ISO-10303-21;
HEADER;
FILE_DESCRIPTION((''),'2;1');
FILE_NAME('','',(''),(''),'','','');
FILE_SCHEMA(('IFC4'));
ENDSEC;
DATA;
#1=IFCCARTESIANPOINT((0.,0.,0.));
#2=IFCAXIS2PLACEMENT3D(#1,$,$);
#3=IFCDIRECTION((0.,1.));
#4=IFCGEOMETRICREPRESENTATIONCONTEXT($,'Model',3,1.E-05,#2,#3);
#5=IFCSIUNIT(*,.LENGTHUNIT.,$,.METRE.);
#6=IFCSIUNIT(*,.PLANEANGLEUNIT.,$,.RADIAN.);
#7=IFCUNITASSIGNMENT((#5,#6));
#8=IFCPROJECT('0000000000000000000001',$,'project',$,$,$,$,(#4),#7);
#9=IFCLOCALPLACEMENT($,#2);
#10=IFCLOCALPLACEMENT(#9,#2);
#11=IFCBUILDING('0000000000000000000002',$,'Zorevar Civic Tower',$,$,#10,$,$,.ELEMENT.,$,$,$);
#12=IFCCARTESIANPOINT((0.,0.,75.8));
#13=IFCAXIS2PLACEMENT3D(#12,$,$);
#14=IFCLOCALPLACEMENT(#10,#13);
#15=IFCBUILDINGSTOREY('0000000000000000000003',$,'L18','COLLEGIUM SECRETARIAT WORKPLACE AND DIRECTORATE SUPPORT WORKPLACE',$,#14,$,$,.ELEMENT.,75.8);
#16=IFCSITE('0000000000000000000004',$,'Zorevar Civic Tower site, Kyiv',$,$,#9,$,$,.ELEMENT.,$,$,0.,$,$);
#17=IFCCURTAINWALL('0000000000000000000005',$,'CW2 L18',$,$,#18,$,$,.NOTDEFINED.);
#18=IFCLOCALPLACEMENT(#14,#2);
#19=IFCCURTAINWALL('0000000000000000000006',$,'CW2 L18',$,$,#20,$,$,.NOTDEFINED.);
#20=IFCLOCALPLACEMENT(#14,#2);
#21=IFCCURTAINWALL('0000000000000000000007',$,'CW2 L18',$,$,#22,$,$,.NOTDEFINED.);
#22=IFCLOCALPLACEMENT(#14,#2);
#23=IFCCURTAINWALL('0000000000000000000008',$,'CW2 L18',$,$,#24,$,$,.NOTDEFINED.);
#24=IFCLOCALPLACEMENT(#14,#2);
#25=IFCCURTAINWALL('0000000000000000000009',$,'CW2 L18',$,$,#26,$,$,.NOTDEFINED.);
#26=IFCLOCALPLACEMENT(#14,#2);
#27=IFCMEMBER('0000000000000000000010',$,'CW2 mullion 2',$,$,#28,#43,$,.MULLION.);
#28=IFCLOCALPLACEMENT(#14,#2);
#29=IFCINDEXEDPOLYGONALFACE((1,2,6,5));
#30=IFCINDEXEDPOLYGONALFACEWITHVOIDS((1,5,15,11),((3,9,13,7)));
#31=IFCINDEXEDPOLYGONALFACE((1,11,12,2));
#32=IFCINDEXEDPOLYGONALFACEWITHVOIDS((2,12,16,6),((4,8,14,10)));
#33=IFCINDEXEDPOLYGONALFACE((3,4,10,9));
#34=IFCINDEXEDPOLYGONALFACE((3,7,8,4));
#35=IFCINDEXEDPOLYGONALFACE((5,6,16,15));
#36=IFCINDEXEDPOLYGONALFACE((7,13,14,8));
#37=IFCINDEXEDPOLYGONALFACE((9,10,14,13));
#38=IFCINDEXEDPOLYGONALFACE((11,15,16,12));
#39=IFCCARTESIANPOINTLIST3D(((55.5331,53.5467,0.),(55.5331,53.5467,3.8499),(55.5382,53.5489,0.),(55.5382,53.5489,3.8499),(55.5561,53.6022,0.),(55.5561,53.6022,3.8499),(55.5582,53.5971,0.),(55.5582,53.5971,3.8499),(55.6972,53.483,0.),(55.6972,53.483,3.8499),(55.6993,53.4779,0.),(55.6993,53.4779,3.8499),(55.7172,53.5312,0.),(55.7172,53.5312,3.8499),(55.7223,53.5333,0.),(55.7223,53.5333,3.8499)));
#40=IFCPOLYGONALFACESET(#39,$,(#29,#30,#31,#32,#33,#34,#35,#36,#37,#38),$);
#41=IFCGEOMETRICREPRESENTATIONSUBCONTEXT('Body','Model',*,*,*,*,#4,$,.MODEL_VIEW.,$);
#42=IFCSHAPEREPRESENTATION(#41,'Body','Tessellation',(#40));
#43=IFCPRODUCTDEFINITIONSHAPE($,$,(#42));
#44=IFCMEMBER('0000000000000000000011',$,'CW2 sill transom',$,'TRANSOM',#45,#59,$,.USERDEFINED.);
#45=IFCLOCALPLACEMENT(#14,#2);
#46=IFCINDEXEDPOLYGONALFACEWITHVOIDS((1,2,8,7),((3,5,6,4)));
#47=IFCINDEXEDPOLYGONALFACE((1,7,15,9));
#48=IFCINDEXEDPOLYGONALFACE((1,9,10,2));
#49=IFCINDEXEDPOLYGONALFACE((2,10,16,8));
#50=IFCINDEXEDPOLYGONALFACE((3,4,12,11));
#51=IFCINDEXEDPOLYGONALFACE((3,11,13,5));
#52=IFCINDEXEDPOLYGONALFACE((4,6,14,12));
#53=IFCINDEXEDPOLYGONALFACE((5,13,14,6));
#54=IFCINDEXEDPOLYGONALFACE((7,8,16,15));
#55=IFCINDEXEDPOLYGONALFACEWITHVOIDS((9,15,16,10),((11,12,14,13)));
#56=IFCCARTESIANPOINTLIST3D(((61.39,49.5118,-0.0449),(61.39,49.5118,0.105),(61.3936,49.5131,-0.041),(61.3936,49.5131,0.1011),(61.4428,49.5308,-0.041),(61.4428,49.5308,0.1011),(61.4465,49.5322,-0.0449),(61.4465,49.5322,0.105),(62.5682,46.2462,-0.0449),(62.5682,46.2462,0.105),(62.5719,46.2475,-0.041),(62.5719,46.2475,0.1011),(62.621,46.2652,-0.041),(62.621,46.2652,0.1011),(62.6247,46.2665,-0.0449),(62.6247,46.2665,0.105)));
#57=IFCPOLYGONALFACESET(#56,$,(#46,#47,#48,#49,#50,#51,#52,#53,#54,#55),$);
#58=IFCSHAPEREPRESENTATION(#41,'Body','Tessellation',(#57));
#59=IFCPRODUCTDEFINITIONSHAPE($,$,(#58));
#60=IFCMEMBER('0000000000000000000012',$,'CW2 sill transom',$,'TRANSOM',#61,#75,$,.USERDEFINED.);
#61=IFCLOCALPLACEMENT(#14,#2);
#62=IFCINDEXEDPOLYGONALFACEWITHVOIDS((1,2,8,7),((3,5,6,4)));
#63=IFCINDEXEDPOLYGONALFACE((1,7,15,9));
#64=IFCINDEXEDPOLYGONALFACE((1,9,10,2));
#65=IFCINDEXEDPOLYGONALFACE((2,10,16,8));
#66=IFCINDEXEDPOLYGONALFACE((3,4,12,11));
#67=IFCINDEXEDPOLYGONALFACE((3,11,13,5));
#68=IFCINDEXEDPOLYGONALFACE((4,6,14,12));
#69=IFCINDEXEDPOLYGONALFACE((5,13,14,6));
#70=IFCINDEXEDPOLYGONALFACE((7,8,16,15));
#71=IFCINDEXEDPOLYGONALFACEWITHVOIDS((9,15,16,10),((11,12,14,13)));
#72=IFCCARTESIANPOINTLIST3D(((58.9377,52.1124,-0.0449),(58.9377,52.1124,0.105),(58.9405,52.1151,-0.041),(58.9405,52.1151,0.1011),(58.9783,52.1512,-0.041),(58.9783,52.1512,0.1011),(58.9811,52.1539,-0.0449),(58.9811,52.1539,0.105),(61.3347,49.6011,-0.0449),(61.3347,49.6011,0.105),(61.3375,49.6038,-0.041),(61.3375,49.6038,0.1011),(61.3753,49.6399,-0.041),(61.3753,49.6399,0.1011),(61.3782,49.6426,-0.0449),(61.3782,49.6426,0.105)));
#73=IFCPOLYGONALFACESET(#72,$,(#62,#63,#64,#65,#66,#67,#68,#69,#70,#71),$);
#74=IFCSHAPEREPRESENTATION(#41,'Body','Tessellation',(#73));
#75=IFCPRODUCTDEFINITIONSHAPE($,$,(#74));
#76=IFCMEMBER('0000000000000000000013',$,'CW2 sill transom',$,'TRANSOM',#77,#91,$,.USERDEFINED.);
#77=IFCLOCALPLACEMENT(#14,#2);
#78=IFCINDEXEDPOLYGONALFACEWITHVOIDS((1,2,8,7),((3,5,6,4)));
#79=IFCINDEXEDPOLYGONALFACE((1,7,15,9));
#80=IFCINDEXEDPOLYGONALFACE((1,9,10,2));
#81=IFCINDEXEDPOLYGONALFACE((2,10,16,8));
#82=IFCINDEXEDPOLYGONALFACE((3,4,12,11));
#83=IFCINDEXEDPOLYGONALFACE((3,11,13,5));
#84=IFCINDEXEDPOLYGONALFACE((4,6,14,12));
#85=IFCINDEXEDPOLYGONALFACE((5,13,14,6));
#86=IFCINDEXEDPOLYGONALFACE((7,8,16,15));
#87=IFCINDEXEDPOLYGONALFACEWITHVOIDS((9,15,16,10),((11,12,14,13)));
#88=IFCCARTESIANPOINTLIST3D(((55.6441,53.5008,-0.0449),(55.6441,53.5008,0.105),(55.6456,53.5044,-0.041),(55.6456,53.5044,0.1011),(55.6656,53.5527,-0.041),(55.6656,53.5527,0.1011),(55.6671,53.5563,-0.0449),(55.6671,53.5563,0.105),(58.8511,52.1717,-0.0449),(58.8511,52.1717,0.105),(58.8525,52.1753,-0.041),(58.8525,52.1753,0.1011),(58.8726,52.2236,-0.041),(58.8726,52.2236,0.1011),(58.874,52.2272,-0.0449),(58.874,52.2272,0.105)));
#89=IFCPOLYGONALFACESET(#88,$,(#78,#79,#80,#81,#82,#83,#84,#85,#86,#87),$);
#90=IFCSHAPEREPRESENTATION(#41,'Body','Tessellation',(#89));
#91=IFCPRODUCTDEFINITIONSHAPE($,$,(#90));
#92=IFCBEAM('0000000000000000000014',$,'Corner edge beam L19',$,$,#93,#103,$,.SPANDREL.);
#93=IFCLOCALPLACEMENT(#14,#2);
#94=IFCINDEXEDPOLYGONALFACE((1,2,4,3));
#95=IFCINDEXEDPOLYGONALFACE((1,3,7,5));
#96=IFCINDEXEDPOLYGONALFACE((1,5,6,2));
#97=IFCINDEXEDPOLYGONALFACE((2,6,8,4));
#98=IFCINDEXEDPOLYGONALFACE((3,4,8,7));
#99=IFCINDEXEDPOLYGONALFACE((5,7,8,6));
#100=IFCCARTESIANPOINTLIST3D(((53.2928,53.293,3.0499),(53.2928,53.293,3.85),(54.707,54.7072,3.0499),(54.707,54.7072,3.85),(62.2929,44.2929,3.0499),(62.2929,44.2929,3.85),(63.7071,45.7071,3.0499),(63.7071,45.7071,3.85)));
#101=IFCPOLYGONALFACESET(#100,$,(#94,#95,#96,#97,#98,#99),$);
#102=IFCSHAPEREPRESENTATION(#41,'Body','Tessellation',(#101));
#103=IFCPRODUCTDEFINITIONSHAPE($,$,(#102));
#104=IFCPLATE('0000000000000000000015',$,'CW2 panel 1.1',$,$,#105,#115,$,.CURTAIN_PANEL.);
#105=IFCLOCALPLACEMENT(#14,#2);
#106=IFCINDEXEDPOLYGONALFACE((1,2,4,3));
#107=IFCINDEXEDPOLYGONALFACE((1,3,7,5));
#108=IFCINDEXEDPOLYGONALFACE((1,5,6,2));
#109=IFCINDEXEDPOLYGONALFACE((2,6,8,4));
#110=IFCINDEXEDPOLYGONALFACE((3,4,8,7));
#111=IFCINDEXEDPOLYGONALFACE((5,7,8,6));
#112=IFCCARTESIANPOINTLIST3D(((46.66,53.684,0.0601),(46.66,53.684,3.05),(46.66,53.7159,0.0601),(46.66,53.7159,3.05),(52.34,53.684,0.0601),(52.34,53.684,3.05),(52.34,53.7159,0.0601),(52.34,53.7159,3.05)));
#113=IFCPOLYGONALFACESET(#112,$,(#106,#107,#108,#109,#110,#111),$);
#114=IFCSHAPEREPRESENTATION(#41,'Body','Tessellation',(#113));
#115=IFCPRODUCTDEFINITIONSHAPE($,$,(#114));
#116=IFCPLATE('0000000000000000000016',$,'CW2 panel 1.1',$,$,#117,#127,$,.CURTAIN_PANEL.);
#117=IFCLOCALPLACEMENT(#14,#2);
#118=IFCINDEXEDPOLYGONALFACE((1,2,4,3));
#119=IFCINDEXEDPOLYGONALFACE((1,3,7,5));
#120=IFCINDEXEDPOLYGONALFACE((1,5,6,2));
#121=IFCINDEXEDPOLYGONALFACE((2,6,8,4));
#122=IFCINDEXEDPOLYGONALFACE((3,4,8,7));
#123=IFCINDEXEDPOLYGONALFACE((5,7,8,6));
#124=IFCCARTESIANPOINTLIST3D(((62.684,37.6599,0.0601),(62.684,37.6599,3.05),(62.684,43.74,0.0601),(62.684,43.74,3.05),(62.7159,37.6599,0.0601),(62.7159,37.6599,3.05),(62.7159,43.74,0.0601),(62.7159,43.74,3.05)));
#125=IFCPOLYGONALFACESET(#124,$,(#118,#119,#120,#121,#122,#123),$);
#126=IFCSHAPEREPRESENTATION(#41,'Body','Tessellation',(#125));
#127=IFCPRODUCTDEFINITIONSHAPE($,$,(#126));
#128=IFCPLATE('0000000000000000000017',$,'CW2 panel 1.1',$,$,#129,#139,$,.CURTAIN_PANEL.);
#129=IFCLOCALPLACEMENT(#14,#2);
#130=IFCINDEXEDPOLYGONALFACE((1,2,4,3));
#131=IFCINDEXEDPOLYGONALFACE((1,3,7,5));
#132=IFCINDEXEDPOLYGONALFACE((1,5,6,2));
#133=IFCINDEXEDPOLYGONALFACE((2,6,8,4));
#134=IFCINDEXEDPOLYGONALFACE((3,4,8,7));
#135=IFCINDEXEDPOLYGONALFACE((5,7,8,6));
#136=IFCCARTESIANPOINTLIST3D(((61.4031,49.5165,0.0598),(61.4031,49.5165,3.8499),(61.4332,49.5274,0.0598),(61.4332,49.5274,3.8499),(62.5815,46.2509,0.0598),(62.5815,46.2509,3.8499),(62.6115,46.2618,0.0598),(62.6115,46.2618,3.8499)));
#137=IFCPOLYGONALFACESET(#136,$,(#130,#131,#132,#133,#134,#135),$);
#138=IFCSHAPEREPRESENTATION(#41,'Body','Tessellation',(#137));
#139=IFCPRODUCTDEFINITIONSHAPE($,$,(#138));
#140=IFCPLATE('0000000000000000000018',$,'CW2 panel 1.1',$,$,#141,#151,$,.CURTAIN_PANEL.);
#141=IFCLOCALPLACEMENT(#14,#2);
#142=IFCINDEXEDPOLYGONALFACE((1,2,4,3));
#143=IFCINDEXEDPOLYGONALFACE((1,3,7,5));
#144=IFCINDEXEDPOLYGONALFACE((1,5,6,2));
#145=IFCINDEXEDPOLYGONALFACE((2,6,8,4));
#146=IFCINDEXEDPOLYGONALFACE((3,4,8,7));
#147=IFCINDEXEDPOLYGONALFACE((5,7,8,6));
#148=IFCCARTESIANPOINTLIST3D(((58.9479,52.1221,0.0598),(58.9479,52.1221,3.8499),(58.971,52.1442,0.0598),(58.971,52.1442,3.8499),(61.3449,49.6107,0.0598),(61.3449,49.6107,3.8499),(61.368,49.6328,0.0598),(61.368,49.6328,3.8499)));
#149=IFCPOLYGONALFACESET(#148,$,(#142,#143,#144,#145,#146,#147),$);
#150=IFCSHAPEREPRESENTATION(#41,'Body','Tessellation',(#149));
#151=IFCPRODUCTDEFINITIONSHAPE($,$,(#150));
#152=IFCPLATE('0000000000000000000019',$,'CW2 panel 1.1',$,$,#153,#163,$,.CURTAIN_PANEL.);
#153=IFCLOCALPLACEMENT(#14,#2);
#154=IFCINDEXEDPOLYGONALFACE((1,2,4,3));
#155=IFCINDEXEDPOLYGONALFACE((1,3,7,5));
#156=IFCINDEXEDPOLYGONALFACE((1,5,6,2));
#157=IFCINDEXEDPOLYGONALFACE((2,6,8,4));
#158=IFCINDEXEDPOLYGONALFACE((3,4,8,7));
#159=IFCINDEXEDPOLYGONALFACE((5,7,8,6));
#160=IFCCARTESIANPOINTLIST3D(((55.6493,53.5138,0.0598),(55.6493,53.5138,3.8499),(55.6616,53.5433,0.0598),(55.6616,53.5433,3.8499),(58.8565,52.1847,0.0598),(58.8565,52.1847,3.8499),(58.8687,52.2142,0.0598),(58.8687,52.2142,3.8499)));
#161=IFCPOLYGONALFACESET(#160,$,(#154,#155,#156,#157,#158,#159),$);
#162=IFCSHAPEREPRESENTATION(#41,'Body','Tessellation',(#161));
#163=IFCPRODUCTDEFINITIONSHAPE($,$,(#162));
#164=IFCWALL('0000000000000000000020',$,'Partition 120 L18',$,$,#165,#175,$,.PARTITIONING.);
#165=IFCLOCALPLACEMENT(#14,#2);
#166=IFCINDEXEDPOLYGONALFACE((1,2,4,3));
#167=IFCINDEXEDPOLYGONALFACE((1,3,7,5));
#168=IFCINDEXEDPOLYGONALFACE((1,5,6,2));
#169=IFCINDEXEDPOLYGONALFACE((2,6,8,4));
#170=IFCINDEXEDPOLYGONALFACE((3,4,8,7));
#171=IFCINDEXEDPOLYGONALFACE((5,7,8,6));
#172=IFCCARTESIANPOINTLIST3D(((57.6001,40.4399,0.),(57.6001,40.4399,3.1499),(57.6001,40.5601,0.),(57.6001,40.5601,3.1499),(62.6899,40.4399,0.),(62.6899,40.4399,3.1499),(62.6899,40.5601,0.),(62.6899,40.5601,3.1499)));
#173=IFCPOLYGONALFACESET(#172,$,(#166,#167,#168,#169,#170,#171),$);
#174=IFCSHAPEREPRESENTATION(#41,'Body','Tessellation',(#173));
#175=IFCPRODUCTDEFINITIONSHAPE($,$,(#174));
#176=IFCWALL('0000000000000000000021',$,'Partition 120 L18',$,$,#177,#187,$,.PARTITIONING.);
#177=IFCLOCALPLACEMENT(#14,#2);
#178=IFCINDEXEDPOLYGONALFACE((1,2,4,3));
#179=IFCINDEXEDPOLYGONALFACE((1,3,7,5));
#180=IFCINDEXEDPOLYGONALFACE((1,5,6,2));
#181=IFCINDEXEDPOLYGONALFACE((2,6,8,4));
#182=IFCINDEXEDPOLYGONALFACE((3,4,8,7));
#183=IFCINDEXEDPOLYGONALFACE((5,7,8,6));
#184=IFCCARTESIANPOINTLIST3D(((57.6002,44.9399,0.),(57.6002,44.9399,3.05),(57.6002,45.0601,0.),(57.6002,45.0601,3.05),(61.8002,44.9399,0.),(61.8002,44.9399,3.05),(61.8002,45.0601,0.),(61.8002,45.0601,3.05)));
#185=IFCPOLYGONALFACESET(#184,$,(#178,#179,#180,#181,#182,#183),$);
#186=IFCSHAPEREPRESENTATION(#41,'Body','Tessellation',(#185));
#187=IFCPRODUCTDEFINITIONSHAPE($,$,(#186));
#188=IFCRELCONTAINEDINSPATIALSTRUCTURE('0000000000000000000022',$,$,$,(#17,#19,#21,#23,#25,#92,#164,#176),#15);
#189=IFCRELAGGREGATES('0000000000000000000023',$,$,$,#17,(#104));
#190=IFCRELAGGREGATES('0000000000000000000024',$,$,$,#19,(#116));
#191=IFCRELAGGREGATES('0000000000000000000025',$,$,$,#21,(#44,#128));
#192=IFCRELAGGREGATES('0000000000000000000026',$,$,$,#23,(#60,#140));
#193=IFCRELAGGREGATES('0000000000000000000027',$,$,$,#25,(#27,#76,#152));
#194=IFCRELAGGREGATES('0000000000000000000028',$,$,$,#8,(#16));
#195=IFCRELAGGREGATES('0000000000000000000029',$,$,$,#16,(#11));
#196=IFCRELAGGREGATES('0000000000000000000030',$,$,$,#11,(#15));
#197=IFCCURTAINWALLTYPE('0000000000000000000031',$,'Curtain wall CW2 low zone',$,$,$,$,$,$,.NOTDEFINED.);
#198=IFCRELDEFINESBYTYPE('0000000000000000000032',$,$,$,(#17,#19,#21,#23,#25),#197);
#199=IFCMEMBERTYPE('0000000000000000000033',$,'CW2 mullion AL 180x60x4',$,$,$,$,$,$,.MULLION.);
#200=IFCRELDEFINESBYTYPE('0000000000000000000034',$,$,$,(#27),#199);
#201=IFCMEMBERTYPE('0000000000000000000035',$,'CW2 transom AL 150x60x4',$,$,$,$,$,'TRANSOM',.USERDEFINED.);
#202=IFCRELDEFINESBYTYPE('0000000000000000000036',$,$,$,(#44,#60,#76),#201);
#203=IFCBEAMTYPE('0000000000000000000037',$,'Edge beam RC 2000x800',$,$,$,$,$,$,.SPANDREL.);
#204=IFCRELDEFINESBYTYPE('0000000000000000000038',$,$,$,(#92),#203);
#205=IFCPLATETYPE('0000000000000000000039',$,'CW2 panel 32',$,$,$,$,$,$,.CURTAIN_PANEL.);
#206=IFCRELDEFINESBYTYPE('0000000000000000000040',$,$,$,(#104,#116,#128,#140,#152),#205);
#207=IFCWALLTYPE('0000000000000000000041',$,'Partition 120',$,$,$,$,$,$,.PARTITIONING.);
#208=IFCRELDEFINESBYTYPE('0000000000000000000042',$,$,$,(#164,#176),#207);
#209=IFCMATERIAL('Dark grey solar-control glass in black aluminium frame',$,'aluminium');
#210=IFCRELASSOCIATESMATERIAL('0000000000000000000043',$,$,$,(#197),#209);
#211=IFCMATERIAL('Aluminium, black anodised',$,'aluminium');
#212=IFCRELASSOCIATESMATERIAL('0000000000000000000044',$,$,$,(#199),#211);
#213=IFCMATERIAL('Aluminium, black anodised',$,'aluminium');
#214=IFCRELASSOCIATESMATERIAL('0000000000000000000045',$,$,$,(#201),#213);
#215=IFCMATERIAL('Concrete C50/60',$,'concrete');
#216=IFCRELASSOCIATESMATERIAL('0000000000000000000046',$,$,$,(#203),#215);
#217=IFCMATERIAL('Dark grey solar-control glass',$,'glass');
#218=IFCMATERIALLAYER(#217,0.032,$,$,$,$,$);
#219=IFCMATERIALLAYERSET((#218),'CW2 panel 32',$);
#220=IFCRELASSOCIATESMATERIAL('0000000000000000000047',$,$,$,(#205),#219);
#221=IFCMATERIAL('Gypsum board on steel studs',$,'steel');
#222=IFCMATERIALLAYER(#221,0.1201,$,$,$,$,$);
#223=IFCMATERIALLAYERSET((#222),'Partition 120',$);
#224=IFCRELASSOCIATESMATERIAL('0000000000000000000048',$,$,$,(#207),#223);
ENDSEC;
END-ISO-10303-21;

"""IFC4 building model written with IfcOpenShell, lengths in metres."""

from ifc_helpers import new_model, si_unit, direction, frame, frame_2d, origin, origin_2d, place, context, subcontext, project, spatial, rectangle, hollow_rectangle, extrude, material, layer, layer_set, material_profile, profile_set, type_object, element, aggregate, save


model = new_model("IFC4")

# Units and contexts
model_context = context("Model", 3, precision=1e-05, world=origin(), true_north=direction((0.0, 1.0)))
body_context = subcontext(model_context, "Body", "Model", "MODEL_VIEW")
ifc_project = project(units=[si_unit("LENGTHUNIT", "METRE"), si_unit("PLANEANGLEUNIT", "RADIAN")], contexts=[model_context])

# Site, building, storey
site_placement = place(None, origin())
site = spatial("IfcSite", under=ifc_project, at=site_placement, Name="Zorevar Civic Tower site, Kyiv", CompositionType="ELEMENT", RefElevation=0.0)
building_placement = place(site_placement, origin())
building = spatial("IfcBuilding", under=site, at=building_placement, Name="Zorevar Civic Tower", CompositionType="ELEMENT")
storey_placement = place(building_placement, frame((0.0, 0.0, 75.8)))
storey = spatial("IfcBuildingStorey", under=building, at=storey_placement, Name="L18", Description="COLLEGIUM SECRETARIAT WORKPLACE AND DIRECTORATE SUPPORT WORKPLACE", CompositionType="ELEMENT", Elevation=75.8)

# Curtain walls
ifc_material_1 = material(Name="Dark grey solar-control glass in black aluminium frame", Category="aluminium")
curtain_wall_type = type_object("IfcCurtainWallType", Name="Curtain wall CW2 low zone", PredefinedType="NOTDEFINED", material=ifc_material_1)
curtain_wall_1_placement = place(storey_placement, origin())
curtain_wall_1 = element("IfcCurtainWall", 1, at=curtain_wall_1_placement, inside=storey, type_object=curtain_wall_type, Name="CW2 L18", PredefinedType="NOTDEFINED")
ifc_material_2 = material(Name="Aluminium, black anodised", Category="aluminium")
ifc_material_profile_1 = material_profile(ifc_material_2, hollow_rectangle(XDim=0.0601, YDim=0.1799, WallThickness=0.0039, at=origin_2d()), Name="AL 180x60x4")
ifc_profile_set_1 = profile_set([ifc_material_profile_1], Name="Aluminium, black anodised")
member_type_1 = type_object("IfcMemberType", Name="CW2 mullion AL 180x60x4", PredefinedType="MULLION", material=ifc_profile_set_1)
curtain_wall_2_placement = place(storey_placement, origin())
curtain_wall_2 = element("IfcCurtainWall", 2, at=curtain_wall_2_placement, inside=storey, type_object=curtain_wall_type, Name="CW2 L18", PredefinedType="NOTDEFINED")

# Curtain walls, member
curtain_wall_3_placement = place(storey_placement, origin())
curtain_wall_3 = element("IfcCurtainWall", 3, at=curtain_wall_3_placement, inside=storey, type_object=curtain_wall_type, Name="CW2 L18", PredefinedType="NOTDEFINED")
curtain_wall_4_placement = place(storey_placement, origin())
curtain_wall_4 = element("IfcCurtainWall", 4, at=curtain_wall_4_placement, inside=storey, type_object=curtain_wall_type, Name="CW2 L18", PredefinedType="NOTDEFINED")
curtain_wall_5_placement = place(storey_placement, origin())
curtain_wall_5 = element("IfcCurtainWall", 5, at=curtain_wall_5_placement, inside=storey, type_object=curtain_wall_type, Name="CW2 L18", PredefinedType="NOTDEFINED")
member_1_placement = place(storey_placement, frame((55.6277, 53.54, 0.0), z_axis=(0.0, 0.0, 1.0), x_axis=(-0.382841, -0.923814, 0.0)))
member_1 = element("IfcMember", 6, at=member_1_placement, type_object=member_type_1, Name="CW2 mullion 2", PredefinedType="MULLION", context=body_context, shape_type="SweptSolid", body=[
    extrude(hollow_rectangle(XDim=0.0601, YDim=0.1799, WallThickness=0.0039, at=origin_2d()), origin(), (0.0, 0.0, 1.0), 3.8499),
])

# Members
ifc_material_3 = material(Name="Aluminium, black anodised", Category="aluminium")
ifc_material_profile_2 = material_profile(ifc_material_3, hollow_rectangle(XDim=0.0601, YDim=0.1499, WallThickness=0.0039, at=origin_2d()), Name="AL 150x60x4")
ifc_profile_set_2 = profile_set([ifc_material_profile_2], Name="Aluminium, black anodised")
member_type_2 = type_object("IfcMemberType", Name="CW2 transom AL 150x60x4", ElementType="TRANSOM", PredefinedType="USERDEFINED", material=ifc_profile_set_2)
member_2_placement = place(storey_placement, frame((62.5964, 46.2563, 0.03), z_axis=(-0.339382, 0.940649, 0.0), x_axis=(-0.940649, -0.339382, 0.0)))
member_2 = element("IfcMember", 7, at=member_2_placement, type_object=member_type_2, Name="CW2 sill transom", ObjectType="TRANSOM", PredefinedType="USERDEFINED", context=body_context, shape_type="SweptSolid", body=[
    extrude(hollow_rectangle(XDim=0.0601, YDim=0.1499, WallThickness=0.0039, at=origin_2d()), origin(), (0.0, 0.0, 1.0), 3.4717),
])
member_3_placement = place(storey_placement, frame((61.3564, 49.6218, 0.03), z_axis=(-0.690459, 0.723372, 0.0), x_axis=(-0.723372, -0.690459, 0.0)))
member_3 = element("IfcMember", 8, at=member_3_placement, type_object=member_type_2, Name="CW2 sill transom", ObjectType="TRANSOM", PredefinedType="USERDEFINED", context=body_context, shape_type="SweptSolid", body=[
    extrude(hollow_rectangle(XDim=0.0601, YDim=0.1499, WallThickness=0.0039, at=origin_2d()), origin(), (0.0, 0.0, 1.0), 3.4717),
])
member_4_placement = place(storey_placement, frame((58.8625, 52.1995, 0.03), z_axis=(-0.923808, 0.382857, 0.0), x_axis=(-0.382857, -0.923808, 0.0)))
member_4 = element("IfcMember", 9, at=member_4_placement, type_object=member_type_2, Name="CW2 sill transom", ObjectType="TRANSOM", PredefinedType="USERDEFINED", context=body_context, shape_type="SweptSolid", body=[
    extrude(hollow_rectangle(XDim=0.0601, YDim=0.1499, WallThickness=0.0039, at=origin_2d()), origin(), (0.0, 0.0, 1.0), 3.4714),
])

# Beam
ifc_material_4 = material(Name="Concrete C50/60", Category="concrete")
ifc_material_profile_3 = material_profile(ifc_material_4, rectangle(XDim=2.0, YDim=0.8, at=origin_2d()), Name="RC 2000x800")
ifc_profile_set_3 = profile_set([ifc_material_profile_3], Name="Concrete C50/60")
beam_type_1 = type_object("IfcBeamType", Name="Edge beam RC 2000x800", PredefinedType="SPANDREL", material=ifc_profile_set_3)
beam_placement = place(storey_placement, frame((63.0, 45.0, 3.45), z_axis=(-0.707107, 0.707107, 0.0), x_axis=(-0.707107, -0.707107, 0.0)))
element("IfcBeam", 10, at=beam_placement, inside=storey, type_object=beam_type_1, Name="Corner edge beam L19", PredefinedType="SPANDREL", context=body_context, shape_type="SweptSolid", body=[
    extrude(rectangle(XDim=2.0, YDim=0.8, at=origin_2d()), origin(), (0.0, 0.0, 1.0), 12.728),
])

# Plates
ifc_material_5 = material(Name="Dark grey solar-control glass", Category="glass")
ifc_layer_1 = layer(ifc_material_5, 0.032)
ifc_layer_set_1 = layer_set([ifc_layer_1], Name="CW2 panel 32")
plate_type = type_object("IfcPlateType", Name="CW2 panel 32", PredefinedType="CURTAIN_PANEL", material=ifc_layer_set_1)
plate_1_placement = place(storey_placement, frame((49.5, 53.7, 0.0601), z_axis=(0.0, 0.0, 1.0), x_axis=(1.0, 0.0, 0.0)))
plate_1 = element("IfcPlate", 11, at=plate_1_placement, type_object=plate_type, Name="CW2 panel 1.1", PredefinedType="CURTAIN_PANEL", context=body_context, shape_type="SweptSolid", body=[
    extrude(rectangle(XDim=5.6799, YDim=0.032, at=origin_2d()), origin(), (0.0, 0.0, 1.0), 2.99),
])
aggregate(curtain_wall_1, [plate_1])
plate_2_placement = place(storey_placement, frame((62.7, 40.7, 0.0601), z_axis=(0.0, 0.0, 1.0), x_axis=(0.0, 1.0, 0.0)))
plate_2 = element("IfcPlate", 12, at=plate_2_placement, type_object=plate_type, Name="CW2 panel 1.1", PredefinedType="CURTAIN_PANEL", context=body_context, shape_type="SweptSolid", body=[
    extrude(rectangle(XDim=6.0801, YDim=0.032, at=origin_2d()), origin(), (0.0, 0.0, 1.0), 2.99),
])
aggregate(curtain_wall_2, [plate_2])
plate_3_placement = place(storey_placement, frame((62.0073, 47.8892, 0.0598), z_axis=(0.0, 0.0, 1.0), x_axis=(-0.339415, 0.940637, 0.0)))
plate_3 = element("IfcPlate", 13, at=plate_3_placement, type_object=plate_type, Name="CW2 panel 1.1", PredefinedType="CURTAIN_PANEL", context=body_context, shape_type="SweptSolid", body=[
    extrude(rectangle(XDim=3.4717, YDim=0.032, at=origin_2d()), origin(), (0.0, 0.0, 1.0), 3.79),
])
aggregate(curtain_wall_3, [member_2, plate_3])
plate_4_placement = place(storey_placement, frame((60.158, 50.8774, 0.0598), z_axis=(0.0, 0.0, 1.0), x_axis=(-0.690437, 0.723393, 0.0)))
plate_4 = element("IfcPlate", 14, at=plate_4_placement, type_object=plate_type, Name="CW2 panel 1.1", PredefinedType="CURTAIN_PANEL", context=body_context, shape_type="SweptSolid", body=[
    extrude(rectangle(XDim=3.4717, YDim=0.032, at=origin_2d()), origin(), (0.0, 0.0, 1.0), 3.79),
])
aggregate(curtain_wall_4, [member_3, plate_4])
plate_5_placement = place(storey_placement, frame((57.259, 52.864, 0.0598), z_axis=(0.0, 0.0, 1.0), x_axis=(-0.923814, 0.382841, 0.0)))
plate_5 = element("IfcPlate", 15, at=plate_5_placement, type_object=plate_type, Name="CW2 panel 1.1", PredefinedType="CURTAIN_PANEL", context=body_context, shape_type="SweptSolid", body=[
    extrude(rectangle(XDim=3.4717, YDim=0.032, at=origin_2d()), origin(), (0.0, 0.0, 1.0), 3.79),
])
aggregate(curtain_wall_5, [member_1, member_4, plate_5])

# Walls
ifc_material_6 = material(Name="Gypsum board on steel studs", Category="steel")
ifc_layer_2 = layer(ifc_material_6, 0.1201)
ifc_layer_set_2 = layer_set([ifc_layer_2], Name="Partition 120")
wall_type = type_object("IfcWallType", Name="Partition 120", PredefinedType="PARTITIONING", material=ifc_layer_set_2)
wall_1_placement = place(storey_placement, frame((57.6001, 40.5, 0.0), z_axis=(0.0, 0.0, 1.0), x_axis=(1.0, 0.0, 0.0)))
element("IfcWall", 16, at=wall_1_placement, inside=storey, type_object=wall_type, Name="Partition 120 L18", PredefinedType="PARTITIONING", context=body_context, shape_type="SweptSolid", body=[
    extrude(rectangle(XDim=5.0898, YDim=0.1201, at=frame_2d((2.5449, 0.0))), origin(), (0.0, 0.0, 1.0), 3.1499),
])
wall_2_placement = place(storey_placement, frame((57.6001, 45.0, 0.0), z_axis=(0.0, 0.0, 1.0), x_axis=(1.0, 0.0, 0.0)))
element("IfcWall", 17, at=wall_2_placement, inside=storey, type_object=wall_type, Name="Partition 120 L18", PredefinedType="PARTITIONING", context=body_context, shape_type="SweptSolid", body=[
    extrude(rectangle(XDim=4.2, YDim=0.1201, at=frame_2d((2.1001, 0.0))), origin(), (0.0, 0.0, 1.0), 3.05),
])

save(model, "model.ifc")
